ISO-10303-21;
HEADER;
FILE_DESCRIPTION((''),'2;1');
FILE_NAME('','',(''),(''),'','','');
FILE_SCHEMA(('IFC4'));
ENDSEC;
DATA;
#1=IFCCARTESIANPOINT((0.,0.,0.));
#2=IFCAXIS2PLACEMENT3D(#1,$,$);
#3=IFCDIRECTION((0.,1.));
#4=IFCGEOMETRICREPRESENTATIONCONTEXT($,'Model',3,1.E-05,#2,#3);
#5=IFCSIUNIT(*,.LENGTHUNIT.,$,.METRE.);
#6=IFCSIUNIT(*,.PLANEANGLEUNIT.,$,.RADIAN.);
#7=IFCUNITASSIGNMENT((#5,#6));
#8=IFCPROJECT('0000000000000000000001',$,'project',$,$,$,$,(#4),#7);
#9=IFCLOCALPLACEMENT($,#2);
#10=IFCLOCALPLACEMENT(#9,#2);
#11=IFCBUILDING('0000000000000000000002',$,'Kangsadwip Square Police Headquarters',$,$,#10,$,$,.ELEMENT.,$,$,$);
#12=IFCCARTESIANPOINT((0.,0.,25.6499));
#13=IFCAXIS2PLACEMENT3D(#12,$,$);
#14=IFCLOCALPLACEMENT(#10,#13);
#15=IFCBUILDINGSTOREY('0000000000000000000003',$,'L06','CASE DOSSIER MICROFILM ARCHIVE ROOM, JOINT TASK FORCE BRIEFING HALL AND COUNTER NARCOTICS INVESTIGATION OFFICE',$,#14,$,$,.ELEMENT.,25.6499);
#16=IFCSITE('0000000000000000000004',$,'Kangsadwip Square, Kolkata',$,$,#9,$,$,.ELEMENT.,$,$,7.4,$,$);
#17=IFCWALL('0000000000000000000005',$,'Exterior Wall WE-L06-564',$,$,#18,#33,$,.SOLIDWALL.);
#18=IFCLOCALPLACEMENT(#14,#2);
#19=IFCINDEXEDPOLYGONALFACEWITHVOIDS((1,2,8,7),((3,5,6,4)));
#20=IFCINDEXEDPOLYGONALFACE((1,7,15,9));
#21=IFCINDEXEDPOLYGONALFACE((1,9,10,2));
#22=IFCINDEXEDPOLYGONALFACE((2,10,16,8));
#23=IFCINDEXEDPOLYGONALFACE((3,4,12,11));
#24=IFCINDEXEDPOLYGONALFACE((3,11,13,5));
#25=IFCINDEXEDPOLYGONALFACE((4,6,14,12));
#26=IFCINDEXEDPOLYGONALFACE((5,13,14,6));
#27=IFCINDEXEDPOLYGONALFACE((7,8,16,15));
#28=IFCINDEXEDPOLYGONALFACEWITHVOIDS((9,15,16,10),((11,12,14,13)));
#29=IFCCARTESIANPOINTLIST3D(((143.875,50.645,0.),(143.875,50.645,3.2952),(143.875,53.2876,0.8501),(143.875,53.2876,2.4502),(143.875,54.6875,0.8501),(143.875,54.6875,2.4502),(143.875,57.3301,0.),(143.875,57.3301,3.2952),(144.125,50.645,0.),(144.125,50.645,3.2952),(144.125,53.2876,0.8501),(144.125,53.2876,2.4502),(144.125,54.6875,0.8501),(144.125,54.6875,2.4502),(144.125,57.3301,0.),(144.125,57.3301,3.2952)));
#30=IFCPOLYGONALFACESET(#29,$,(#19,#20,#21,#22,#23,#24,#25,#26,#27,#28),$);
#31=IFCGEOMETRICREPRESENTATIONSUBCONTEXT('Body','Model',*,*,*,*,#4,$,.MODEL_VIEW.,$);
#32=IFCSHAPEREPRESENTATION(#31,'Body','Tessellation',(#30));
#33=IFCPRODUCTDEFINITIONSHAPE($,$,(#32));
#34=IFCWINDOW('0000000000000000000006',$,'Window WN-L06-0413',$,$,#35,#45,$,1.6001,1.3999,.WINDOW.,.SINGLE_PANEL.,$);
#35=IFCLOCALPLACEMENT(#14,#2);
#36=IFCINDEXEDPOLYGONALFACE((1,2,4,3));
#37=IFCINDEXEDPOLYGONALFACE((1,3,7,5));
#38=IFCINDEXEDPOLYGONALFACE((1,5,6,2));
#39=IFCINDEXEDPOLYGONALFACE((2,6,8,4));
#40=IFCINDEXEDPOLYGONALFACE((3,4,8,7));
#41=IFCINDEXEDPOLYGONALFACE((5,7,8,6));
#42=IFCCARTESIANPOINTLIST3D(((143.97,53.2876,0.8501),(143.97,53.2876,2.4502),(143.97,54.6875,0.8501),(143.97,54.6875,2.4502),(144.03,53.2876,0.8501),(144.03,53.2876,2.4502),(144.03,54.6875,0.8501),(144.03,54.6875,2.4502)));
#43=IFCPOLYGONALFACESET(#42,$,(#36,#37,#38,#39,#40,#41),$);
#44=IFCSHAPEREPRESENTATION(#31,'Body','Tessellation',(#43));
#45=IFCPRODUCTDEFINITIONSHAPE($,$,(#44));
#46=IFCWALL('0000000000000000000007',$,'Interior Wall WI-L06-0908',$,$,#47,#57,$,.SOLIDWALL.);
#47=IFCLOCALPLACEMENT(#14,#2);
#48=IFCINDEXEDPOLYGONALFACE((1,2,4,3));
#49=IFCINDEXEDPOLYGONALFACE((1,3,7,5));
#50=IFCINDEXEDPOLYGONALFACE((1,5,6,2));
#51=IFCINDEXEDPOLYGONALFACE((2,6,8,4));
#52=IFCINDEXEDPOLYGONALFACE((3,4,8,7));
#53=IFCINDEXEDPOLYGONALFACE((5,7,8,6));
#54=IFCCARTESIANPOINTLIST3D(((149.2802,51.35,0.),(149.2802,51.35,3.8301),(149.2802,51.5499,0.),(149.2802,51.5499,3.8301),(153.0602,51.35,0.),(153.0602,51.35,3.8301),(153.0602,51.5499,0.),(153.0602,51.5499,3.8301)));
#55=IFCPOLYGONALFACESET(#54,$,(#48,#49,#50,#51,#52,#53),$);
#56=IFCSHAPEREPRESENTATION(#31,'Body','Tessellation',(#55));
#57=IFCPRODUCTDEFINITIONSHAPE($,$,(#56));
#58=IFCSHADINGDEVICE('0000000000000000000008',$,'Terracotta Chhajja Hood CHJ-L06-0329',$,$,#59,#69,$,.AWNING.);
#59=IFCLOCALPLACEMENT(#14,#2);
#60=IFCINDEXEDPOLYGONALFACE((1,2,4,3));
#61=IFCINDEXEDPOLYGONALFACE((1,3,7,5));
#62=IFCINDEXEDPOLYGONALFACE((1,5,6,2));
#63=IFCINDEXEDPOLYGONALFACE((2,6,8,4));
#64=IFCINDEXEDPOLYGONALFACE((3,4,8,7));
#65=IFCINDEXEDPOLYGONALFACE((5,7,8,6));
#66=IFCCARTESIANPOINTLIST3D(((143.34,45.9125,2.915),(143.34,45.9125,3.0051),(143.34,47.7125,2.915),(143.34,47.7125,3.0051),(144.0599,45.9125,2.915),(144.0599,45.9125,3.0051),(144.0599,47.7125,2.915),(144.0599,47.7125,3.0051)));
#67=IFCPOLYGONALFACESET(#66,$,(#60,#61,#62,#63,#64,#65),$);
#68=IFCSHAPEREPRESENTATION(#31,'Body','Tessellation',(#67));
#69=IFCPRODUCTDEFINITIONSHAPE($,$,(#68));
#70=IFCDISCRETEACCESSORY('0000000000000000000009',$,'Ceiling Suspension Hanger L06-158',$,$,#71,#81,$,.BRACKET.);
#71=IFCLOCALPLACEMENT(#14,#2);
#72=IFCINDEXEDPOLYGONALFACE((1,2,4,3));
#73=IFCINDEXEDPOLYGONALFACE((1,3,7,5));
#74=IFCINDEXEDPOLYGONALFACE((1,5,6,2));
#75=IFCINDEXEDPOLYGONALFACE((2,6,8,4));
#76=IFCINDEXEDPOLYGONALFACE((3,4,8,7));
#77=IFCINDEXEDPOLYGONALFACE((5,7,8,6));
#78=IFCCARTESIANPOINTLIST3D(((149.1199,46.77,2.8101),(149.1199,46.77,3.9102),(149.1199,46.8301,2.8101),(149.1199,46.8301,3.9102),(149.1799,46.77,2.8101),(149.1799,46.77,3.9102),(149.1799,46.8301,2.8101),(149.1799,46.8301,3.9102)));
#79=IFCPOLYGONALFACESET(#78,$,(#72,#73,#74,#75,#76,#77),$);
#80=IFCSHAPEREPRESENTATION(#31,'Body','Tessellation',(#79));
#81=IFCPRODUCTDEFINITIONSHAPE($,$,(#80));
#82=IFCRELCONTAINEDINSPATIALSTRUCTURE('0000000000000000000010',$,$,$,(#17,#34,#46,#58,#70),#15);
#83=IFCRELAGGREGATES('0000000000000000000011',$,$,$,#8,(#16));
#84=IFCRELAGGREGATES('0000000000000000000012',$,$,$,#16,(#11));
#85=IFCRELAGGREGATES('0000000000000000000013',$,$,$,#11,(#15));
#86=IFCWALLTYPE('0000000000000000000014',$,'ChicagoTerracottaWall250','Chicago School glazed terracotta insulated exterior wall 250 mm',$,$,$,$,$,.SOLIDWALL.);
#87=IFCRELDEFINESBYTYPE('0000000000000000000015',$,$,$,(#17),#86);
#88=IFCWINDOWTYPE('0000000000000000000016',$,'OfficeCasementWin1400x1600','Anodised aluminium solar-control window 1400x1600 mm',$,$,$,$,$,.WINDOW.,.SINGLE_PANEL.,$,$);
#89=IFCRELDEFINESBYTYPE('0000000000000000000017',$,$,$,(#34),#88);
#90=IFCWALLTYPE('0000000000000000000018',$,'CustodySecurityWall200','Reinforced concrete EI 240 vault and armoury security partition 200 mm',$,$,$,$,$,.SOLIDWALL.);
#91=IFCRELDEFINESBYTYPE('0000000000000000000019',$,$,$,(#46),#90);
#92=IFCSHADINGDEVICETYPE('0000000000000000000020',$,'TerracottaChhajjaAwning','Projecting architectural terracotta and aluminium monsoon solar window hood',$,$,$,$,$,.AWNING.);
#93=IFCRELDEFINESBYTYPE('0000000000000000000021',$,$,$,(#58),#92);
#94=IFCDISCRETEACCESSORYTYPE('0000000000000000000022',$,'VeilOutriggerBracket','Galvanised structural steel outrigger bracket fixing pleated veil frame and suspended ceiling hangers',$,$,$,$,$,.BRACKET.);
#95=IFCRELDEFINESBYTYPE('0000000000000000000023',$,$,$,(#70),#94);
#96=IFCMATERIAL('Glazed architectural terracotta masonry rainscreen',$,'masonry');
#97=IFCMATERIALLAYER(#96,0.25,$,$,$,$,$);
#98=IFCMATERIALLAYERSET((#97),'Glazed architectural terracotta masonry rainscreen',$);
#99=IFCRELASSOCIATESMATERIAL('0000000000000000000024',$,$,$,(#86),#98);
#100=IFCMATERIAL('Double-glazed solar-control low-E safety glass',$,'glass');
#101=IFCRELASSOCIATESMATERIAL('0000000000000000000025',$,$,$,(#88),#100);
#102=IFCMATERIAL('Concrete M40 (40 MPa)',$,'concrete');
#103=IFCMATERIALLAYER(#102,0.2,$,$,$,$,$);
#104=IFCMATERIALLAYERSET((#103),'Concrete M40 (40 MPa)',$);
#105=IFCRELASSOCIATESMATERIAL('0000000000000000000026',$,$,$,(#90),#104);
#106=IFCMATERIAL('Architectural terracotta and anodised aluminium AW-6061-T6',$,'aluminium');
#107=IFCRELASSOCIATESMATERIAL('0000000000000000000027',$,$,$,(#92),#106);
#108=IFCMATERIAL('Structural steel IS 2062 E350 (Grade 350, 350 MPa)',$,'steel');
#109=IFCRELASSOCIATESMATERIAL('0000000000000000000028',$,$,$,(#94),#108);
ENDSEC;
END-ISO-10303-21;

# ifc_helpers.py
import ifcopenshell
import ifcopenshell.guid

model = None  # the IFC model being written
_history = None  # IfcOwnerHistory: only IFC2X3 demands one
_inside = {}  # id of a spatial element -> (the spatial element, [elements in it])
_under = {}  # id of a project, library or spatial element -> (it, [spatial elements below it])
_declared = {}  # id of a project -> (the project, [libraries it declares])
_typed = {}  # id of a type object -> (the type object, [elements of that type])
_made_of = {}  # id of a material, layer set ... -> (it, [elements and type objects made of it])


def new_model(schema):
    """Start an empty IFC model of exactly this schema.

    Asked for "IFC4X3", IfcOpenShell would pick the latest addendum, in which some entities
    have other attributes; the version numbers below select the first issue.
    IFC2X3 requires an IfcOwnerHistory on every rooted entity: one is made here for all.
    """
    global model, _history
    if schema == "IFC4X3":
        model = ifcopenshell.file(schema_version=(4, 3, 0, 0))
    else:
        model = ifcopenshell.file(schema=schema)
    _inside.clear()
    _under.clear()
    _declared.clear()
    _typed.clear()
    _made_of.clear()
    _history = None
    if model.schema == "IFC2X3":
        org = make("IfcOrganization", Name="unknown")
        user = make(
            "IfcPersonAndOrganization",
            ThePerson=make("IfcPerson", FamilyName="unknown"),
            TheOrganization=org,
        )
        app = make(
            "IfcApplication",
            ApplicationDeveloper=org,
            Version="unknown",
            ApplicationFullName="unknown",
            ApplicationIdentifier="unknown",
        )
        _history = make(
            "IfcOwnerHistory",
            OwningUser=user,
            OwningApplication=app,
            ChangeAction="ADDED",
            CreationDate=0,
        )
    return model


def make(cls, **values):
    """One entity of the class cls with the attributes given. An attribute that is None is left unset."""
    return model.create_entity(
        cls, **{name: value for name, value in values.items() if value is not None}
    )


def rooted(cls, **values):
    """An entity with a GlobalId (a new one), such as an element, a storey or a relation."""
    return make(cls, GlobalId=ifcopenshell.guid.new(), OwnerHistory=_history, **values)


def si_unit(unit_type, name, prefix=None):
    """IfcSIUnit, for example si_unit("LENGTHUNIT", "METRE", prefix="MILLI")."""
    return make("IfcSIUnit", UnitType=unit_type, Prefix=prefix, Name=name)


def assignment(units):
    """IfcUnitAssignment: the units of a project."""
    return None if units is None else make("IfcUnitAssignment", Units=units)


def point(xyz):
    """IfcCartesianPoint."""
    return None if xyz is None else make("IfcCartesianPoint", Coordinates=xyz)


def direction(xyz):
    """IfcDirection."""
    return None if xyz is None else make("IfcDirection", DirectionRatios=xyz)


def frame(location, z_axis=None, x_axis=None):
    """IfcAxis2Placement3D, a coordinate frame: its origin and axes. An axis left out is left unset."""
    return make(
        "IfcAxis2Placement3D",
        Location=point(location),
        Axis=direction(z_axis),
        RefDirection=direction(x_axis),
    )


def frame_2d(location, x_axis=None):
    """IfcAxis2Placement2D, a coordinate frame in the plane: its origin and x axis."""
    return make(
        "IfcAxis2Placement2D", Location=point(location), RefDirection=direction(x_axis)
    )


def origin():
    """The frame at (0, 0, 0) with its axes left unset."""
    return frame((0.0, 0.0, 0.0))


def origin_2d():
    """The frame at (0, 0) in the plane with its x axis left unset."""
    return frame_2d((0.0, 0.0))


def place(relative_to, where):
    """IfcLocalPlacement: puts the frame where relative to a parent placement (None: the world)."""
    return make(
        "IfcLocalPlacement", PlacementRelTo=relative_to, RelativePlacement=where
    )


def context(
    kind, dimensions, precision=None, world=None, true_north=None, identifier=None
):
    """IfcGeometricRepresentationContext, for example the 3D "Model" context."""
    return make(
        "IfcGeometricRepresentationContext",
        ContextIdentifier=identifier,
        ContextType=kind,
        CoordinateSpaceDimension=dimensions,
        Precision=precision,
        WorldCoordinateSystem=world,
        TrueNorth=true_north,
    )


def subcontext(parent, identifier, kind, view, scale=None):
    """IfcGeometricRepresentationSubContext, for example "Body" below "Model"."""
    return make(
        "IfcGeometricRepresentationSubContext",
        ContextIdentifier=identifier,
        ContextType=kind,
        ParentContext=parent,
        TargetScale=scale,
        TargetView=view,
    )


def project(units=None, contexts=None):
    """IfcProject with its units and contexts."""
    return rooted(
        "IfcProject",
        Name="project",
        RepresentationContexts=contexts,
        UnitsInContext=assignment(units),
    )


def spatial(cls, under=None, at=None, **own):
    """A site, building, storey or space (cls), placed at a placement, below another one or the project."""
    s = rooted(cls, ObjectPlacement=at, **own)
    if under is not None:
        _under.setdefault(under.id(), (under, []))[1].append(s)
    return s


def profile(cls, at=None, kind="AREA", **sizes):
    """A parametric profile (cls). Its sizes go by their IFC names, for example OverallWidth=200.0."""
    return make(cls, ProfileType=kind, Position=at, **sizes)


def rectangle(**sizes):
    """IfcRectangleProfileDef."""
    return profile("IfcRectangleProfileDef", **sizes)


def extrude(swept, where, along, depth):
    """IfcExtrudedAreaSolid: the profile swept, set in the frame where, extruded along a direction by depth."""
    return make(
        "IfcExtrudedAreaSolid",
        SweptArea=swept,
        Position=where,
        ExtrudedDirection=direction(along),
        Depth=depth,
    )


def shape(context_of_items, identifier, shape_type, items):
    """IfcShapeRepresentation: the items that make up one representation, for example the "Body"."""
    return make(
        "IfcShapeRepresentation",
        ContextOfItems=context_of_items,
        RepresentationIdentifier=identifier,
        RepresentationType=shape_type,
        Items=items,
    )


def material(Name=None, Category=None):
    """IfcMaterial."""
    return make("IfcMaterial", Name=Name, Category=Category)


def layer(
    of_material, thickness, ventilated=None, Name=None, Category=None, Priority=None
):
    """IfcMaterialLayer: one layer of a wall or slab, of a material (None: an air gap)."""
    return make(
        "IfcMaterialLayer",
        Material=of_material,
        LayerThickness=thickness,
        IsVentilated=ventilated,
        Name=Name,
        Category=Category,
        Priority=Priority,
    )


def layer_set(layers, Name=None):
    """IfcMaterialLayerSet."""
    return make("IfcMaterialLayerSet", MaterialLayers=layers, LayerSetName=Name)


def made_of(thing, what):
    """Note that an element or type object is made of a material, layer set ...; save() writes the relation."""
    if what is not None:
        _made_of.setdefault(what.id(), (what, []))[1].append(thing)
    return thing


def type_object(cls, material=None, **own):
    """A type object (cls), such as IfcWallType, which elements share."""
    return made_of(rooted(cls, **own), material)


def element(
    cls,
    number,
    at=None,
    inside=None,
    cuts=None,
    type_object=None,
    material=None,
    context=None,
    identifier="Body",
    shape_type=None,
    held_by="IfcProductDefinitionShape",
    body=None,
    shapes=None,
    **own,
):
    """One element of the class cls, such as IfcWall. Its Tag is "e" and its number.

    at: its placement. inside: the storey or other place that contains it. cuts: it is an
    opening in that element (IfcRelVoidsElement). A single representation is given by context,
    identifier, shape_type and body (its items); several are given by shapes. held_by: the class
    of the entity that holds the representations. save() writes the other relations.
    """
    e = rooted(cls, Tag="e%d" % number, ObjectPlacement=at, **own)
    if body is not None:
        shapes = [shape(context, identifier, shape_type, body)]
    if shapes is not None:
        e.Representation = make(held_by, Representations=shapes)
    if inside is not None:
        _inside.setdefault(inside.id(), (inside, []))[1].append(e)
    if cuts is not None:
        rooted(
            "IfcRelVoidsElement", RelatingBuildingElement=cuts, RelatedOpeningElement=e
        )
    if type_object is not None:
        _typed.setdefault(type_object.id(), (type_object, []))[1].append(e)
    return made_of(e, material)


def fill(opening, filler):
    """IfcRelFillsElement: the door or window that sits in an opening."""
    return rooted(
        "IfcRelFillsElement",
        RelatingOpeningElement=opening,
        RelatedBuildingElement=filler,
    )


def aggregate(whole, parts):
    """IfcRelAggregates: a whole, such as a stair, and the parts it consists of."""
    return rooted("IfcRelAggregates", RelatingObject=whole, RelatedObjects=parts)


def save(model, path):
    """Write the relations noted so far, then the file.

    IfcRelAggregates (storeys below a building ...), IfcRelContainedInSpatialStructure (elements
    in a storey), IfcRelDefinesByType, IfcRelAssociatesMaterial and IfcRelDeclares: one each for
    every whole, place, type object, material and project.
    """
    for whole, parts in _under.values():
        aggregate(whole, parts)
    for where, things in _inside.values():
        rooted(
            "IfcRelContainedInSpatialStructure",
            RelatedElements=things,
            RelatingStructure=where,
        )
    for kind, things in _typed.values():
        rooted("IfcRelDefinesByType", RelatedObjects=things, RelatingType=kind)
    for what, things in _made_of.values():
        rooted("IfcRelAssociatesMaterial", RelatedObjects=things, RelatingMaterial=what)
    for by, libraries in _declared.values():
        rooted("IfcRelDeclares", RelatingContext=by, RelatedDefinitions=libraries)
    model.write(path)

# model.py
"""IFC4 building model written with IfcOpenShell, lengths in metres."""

from ifc_helpers import new_model, si_unit, direction, frame, frame_2d, origin, origin_2d, place, context, subcontext, project, spatial, rectangle, extrude, material, layer, layer_set, type_object, element, fill, save


model = new_model("IFC4")

# Units and contexts
model_context = context("Model", 3, precision=1e-05, world=origin(), true_north=direction((0.0, 1.0)))
body_context = subcontext(model_context, "Body", "Model", "MODEL_VIEW")
ifc_project = project(units=[si_unit("LENGTHUNIT", "METRE"), si_unit("PLANEANGLEUNIT", "RADIAN")], contexts=[model_context])

# Site, building, storey
site_placement = place(None, origin())
site = spatial("IfcSite", under=ifc_project, at=site_placement, Name="Kangsadwip Square, Kolkata", CompositionType="ELEMENT", RefElevation=7.4)
building_placement = place(site_placement, origin())
building = spatial("IfcBuilding", under=site, at=building_placement, Name="Kangsadwip Square Police Headquarters", CompositionType="ELEMENT")
storey_placement = place(building_placement, frame((0.0, 0.0, 25.6499)))
storey = spatial("IfcBuildingStorey", under=building, at=storey_placement, Name="L06", Description="CASE DOSSIER MICROFILM ARCHIVE ROOM, JOINT TASK FORCE BRIEFING HALL AND COUNTER NARCOTICS INVESTIGATION OFFICE", CompositionType="ELEMENT", Elevation=25.6499)

# Wall, opening, window
ifc_material_1 = material(Name="Glazed architectural terracotta masonry rainscreen", Category="masonry")
ifc_layer_1 = layer(ifc_material_1, 0.25)
ifc_layer_set_1 = layer_set([ifc_layer_1], Name="Glazed architectural terracotta masonry rainscreen")
wall_type_1 = type_object("IfcWallType", Name="ChicagoTerracottaWall250", Description="Chicago School glazed terracotta insulated exterior wall 250 mm", PredefinedType="SOLIDWALL", material=ifc_layer_set_1)
wall_1_placement = place(storey_placement, frame((144.0, 50.645, 0.0), z_axis=(0.0, 0.0, 1.0), x_axis=(0.0, 1.0, 0.0)))
wall_1 = element("IfcWall", 1, at=wall_1_placement, inside=storey, type_object=wall_type_1, Name="Exterior Wall WE-L06-564", PredefinedType="SOLIDWALL", context=body_context, shape_type="SweptSolid", body=[
    extrude(rectangle(XDim=6.6851, YDim=0.25, at=frame_2d((3.3425, 0.0))), origin(), (0.0, 0.0, 1.0), 3.2952),
])
opening_1_placement = place(wall_1_placement, frame((2.6426, 0.0, 0.8501)))
opening_1 = element("IfcOpeningElement", 2, at=opening_1_placement, cuts=wall_1, PredefinedType="OPENING", context=body_context, shape_type="SweptSolid", body=[
    extrude(rectangle(XDim=1.3999, YDim=1.6001, at=frame_2d((0.7, 0.8))), frame((0.0, 0.135, 0.0), z_axis=(0.0, -1.0, 0.0), x_axis=(1.0, 0.0, 0.0)), (0.0, 0.0, 1.0), 0.27),
])
ifc_material_2 = material(Name="Double-glazed solar-control low-E safety glass", Category="glass")
window_type_1 = type_object("IfcWindowType", Name="OfficeCasementWin1400x1600", Description="Anodised aluminium solar-control window 1400x1600 mm", PartitioningType="SINGLE_PANEL", PredefinedType="WINDOW", material=ifc_material_2)
window_1_placement = place(opening_1_placement, origin())
window_1 = element("IfcWindow", 3, at=window_1_placement, inside=storey, type_object=window_type_1, Name="Window WN-L06-0413", OverallHeight=1.6001, OverallWidth=1.3999, PartitioningType="SINGLE_PANEL", PredefinedType="WINDOW", context=body_context, shape_type="SweptSolid", body=[
    extrude(rectangle(XDim=1.3999, YDim=1.6001, at=frame_2d((0.7, 0.8))), frame((0.0, 0.03, 0.0), z_axis=(0.0, -1.0, 0.0), x_axis=(1.0, 0.0, 0.0)), (0.0, 0.0, 1.0), 0.0601),
])
fill(opening_1, window_1)

# Wall
ifc_material_3 = material(Name="Concrete M40 (40 MPa)", Category="concrete")
ifc_layer_2 = layer(ifc_material_3, 0.2)
ifc_layer_set_2 = layer_set([ifc_layer_2], Name="Concrete M40 (40 MPa)")
wall_type_2 = type_object("IfcWallType", Name="CustodySecurityWall200", Description="Reinforced concrete EI 240 vault and armoury security partition 200 mm", PredefinedType="SOLIDWALL", material=ifc_layer_set_2)
wall_2_placement = place(storey_placement, frame((149.28, 51.45, 0.0), z_axis=(0.0, 0.0, 1.0), x_axis=(1.0, 0.0, 0.0)))
element("IfcWall", 4, at=wall_2_placement, inside=storey, type_object=wall_type_2, Name="Interior Wall WI-L06-0908", PredefinedType="SOLIDWALL", context=body_context, shape_type="SweptSolid", body=[
    extrude(rectangle(XDim=3.78, YDim=0.2, at=frame_2d((1.8901, 0.0))), origin(), (0.0, 0.0, 1.0), 3.8301),
])

# Shading device
ifc_material_4 = material(Name="Architectural terracotta and anodised aluminium AW-6061-T6", Category="aluminium")
shading_device_type = type_object("IfcShadingDeviceType", Name="TerracottaChhajjaAwning", Description="Projecting architectural terracotta and aluminium monsoon solar window hood", PredefinedType="AWNING", material=ifc_material_4)
shading_device_placement = place(storey_placement, frame((143.7, 46.8125, 2.915), z_axis=(0.0, 0.0, 1.0), x_axis=(0.0, 1.0, 0.0)))
element("IfcShadingDevice", 5, at=shading_device_placement, inside=storey, type_object=shading_device_type, Name="Terracotta Chhajja Hood CHJ-L06-0329", PredefinedType="AWNING", context=body_context, shape_type="SweptSolid", body=[
    extrude(rectangle(XDim=1.8, YDim=0.72, at=origin_2d()), origin(), (0.0, 0.0, 1.0), 0.0901),
])

# Discrete accessory
ifc_material_5 = material(Name="Structural steel IS 2062 E350 (Grade 350, 350 MPa)", Category="steel")
discrete_accessory_type = type_object("IfcDiscreteAccessoryType", Name="VeilOutriggerBracket", Description="Galvanised structural steel outrigger bracket fixing pleated veil frame and suspended ceiling hangers", PredefinedType="BRACKET", material=ifc_material_5)
discrete_accessory_placement = place(storey_placement, frame((149.1499, 46.8, 2.8101), z_axis=(0.0, 0.0, 1.0), x_axis=(1.0, 0.0, 0.0)))
element("IfcDiscreteAccessory", 6, at=discrete_accessory_placement, inside=storey, type_object=discrete_accessory_type, Name="Ceiling Suspension Hanger L06-158", PredefinedType="BRACKET", context=body_context, shape_type="SweptSolid", body=[
    extrude(rectangle(XDim=0.0601, YDim=0.0601, at=origin_2d()), origin(), (0.0, 0.0, 1.0), 1.1001),
])

save(model, "model.ifc")
